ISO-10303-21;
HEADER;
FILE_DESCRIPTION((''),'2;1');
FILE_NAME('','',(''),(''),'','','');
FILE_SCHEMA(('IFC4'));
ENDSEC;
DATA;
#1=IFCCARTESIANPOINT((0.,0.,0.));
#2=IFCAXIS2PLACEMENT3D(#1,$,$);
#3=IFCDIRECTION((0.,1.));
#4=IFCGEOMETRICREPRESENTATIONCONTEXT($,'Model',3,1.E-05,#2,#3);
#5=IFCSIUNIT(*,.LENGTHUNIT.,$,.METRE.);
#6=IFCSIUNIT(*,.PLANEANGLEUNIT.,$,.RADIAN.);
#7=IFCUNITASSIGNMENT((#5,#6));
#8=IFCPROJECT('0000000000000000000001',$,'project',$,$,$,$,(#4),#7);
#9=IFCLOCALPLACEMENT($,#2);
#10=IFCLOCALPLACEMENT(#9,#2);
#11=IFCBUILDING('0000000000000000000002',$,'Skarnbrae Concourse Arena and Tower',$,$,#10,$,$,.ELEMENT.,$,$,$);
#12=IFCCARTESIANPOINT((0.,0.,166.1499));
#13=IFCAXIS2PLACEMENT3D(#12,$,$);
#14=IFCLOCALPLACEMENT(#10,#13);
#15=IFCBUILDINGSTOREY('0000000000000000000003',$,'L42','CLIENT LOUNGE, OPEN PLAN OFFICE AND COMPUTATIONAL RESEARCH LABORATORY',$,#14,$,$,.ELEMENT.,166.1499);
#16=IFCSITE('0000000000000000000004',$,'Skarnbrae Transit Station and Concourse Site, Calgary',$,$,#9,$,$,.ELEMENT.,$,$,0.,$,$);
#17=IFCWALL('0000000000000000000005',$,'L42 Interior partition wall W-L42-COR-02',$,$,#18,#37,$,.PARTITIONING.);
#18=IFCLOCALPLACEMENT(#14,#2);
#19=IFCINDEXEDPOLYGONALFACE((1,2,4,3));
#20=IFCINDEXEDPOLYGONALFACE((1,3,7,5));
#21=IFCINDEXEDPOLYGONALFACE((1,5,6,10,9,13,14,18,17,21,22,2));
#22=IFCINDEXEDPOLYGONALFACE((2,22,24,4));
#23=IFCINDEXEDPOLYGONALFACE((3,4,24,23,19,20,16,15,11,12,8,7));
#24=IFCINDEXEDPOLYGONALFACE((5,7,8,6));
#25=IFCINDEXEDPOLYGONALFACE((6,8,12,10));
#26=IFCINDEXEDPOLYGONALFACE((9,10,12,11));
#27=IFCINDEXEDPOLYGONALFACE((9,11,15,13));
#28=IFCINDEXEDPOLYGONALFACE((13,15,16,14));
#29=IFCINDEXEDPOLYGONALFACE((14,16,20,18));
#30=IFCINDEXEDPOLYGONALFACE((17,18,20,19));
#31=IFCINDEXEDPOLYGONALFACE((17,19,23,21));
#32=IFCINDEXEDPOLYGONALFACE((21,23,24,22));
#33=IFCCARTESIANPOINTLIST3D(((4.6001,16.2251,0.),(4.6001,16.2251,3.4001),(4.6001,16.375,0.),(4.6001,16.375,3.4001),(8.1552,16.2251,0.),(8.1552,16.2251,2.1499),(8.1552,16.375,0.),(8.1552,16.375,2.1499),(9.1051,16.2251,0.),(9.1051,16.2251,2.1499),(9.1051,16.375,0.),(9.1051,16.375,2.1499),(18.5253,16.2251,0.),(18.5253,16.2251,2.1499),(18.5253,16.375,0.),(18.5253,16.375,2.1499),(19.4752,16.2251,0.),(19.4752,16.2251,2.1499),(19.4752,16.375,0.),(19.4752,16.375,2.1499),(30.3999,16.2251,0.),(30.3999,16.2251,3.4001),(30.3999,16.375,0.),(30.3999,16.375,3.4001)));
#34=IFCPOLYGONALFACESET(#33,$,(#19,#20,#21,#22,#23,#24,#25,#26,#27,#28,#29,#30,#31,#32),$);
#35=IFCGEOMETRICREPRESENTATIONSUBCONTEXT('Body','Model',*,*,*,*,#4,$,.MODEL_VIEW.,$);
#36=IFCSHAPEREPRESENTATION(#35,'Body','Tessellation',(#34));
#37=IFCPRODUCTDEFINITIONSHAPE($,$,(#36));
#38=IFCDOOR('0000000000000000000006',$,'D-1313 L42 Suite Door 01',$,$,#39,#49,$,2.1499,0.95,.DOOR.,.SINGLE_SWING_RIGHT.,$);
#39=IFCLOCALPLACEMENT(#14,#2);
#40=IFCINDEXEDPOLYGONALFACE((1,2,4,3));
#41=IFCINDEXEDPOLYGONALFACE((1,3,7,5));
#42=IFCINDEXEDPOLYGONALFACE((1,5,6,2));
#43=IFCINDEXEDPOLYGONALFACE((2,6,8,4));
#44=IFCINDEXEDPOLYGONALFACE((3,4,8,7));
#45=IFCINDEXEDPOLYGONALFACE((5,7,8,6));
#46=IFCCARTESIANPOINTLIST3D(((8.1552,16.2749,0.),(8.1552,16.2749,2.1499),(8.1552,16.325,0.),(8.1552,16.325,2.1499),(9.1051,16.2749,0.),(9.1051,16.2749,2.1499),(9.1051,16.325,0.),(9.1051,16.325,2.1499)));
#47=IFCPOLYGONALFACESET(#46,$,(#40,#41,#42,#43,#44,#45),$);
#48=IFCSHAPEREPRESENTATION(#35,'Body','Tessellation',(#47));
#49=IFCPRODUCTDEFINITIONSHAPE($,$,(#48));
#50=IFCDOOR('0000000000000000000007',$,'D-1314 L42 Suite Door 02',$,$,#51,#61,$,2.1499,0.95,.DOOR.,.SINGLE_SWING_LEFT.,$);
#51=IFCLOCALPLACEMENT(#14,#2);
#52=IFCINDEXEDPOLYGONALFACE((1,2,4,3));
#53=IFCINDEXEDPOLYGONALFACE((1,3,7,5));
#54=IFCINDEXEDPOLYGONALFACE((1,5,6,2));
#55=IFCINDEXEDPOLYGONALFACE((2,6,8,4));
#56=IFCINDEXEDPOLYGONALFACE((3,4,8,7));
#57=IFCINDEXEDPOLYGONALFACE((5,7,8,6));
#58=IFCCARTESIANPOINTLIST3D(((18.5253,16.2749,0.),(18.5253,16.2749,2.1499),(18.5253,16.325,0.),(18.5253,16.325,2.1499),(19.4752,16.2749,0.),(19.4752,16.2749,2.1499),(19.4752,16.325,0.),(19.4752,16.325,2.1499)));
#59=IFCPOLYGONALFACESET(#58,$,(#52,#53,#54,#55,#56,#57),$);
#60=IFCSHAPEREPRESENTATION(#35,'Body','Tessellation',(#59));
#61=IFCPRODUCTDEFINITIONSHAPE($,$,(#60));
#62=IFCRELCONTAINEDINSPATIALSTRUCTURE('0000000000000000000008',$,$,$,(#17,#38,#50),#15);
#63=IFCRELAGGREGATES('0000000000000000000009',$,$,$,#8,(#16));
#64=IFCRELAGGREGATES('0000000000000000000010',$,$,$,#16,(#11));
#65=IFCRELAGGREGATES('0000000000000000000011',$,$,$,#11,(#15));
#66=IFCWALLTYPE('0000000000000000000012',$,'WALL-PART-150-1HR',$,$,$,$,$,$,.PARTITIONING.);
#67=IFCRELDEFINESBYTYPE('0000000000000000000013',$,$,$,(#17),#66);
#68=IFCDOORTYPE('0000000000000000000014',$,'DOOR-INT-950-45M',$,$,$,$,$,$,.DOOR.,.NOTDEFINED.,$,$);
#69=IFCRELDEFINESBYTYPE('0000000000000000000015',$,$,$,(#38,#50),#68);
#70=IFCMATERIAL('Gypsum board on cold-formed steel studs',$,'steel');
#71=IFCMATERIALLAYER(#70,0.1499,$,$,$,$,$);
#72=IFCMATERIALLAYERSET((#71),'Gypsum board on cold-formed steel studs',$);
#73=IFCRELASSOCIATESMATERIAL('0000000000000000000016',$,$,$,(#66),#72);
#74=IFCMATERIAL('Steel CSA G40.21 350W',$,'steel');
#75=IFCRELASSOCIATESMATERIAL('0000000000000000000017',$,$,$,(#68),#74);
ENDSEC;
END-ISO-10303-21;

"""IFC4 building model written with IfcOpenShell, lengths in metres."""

from ifc_helpers import new_model, si_unit, direction, frame, frame_2d, origin, place, context, subcontext, project, spatial, rectangle, extrude, source, transform, mapped, material, layer, layer_set, type_object, element, fill, save


model = new_model("IFC4")

# Units and contexts
model_context = context("Model", 3, precision=1e-05, world=origin(), true_north=direction((0.0, 1.0)))
body_context = subcontext(model_context, "Body", "Model", "MODEL_VIEW")
ifc_project = project(units=[si_unit("LENGTHUNIT", "METRE"), si_unit("PLANEANGLEUNIT", "RADIAN")], contexts=[model_context])

# Site, building, storey
site_placement = place(None, origin())
site = spatial("IfcSite", under=ifc_project, at=site_placement, Name="Skarnbrae Transit Station and Concourse Site, Calgary", CompositionType="ELEMENT", RefElevation=0.0)
building_placement = place(site_placement, origin())
building = spatial("IfcBuilding", under=site, at=building_placement, Name="Skarnbrae Concourse Arena and Tower", CompositionType="ELEMENT")
storey_placement = place(building_placement, frame((0.0, 0.0, 166.1499)))
storey = spatial("IfcBuildingStorey", under=building, at=storey_placement, Name="L42", Description="CLIENT LOUNGE, OPEN PLAN OFFICE AND COMPUTATIONAL RESEARCH LABORATORY", CompositionType="ELEMENT", Elevation=166.1499)

# Shared definitions
ifc_material_1 = material(Name="Steel CSA G40.21 350W", Category="steel")

# Shared definitions
ifc_material_2 = material(Name="Gypsum board on cold-formed steel studs", Category="steel")
ifc_layer_1 = layer(ifc_material_2, 0.1499)
ifc_layer_set_1 = layer_set([ifc_layer_1], Name="Gypsum board on cold-formed steel studs")
wall_type_1 = type_object("IfcWallType", Name="WALL-PART-150-1HR", PredefinedType="PARTITIONING", material=ifc_layer_set_1)

# Wall, openings, doors
shared_shape_1 = source(origin(), body_context, "Body", "SweptSolid", [
    extrude(rectangle(XDim=25.7998, YDim=0.1499, at=frame_2d((12.8999, 0.0))), origin(), (0.0, 0.0, 1.0), 3.4001),
])
wall_1_placement = place(storey_placement, frame((4.6001, 16.3, 0.0), z_axis=(0.0, 0.0, 1.0), x_axis=(1.0, 0.0, 0.0)))
wall_1 = element("IfcWall", 1, at=wall_1_placement, inside=storey, type_object=wall_type_1, Name="L42 Interior partition wall W-L42-COR-02", PredefinedType="PARTITIONING", context=body_context, shape_type="MappedRepresentation", body=[
    mapped(shared_shape_1, transform((0.0, 0.0, 0.0))),
])
opening_1_placement = place(wall_1_placement, frame((3.5549, 0.0, 0.0)))
opening_1 = element("IfcOpeningElement", 2, at=opening_1_placement, cuts=wall_1, PredefinedType="OPENING", context=body_context, shape_type="SweptSolid", body=[
    extrude(rectangle(XDim=0.95, YDim=2.1499, at=frame_2d((0.4751, 1.075))), frame((0.0, 0.085, 0.0), z_axis=(0.0, -1.0, 0.0), x_axis=(1.0, 0.0, 0.0)), (0.0, 0.0, 1.0), 0.1699),
])
opening_2_placement = place(wall_1_placement, frame((13.925, 0.0, 0.0)))
opening_2 = element("IfcOpeningElement", 3, at=opening_2_placement, cuts=wall_1, PredefinedType="OPENING", context=body_context, shape_type="SweptSolid", body=[
    extrude(rectangle(XDim=0.95, YDim=2.1499, at=frame_2d((0.4751, 1.075))), frame((0.0, 0.085, 0.0), z_axis=(0.0, -1.0, 0.0), x_axis=(1.0, 0.0, 0.0)), (0.0, 0.0, 1.0), 0.1699),
])
door_type_1 = type_object("IfcDoorType", Name="DOOR-INT-950-45M", OperationType="NOTDEFINED", PredefinedType="DOOR", material=ifc_material_1)
shared_shape_2 = source(origin(), body_context, "Body", "SweptSolid", [
    extrude(rectangle(XDim=0.95, YDim=2.1499, at=frame_2d((0.4751, 1.075))), frame((0.0, 0.0249, 0.0), z_axis=(0.0, -1.0, 0.0), x_axis=(1.0, 0.0, 0.0)), (0.0, 0.0, 1.0), 0.05),
])
door_1_placement = place(opening_1_placement, origin())
door_1 = element("IfcDoor", 4, at=door_1_placement, inside=storey, type_object=door_type_1, Name="D-1313 L42 Suite Door 01", OperationType="SINGLE_SWING_RIGHT", OverallHeight=2.1499, OverallWidth=0.95, PredefinedType="DOOR", context=body_context, shape_type="MappedRepresentation", body=[
    mapped(shared_shape_2, transform((0.0, 0.0, 0.0))),
])
fill(opening_1, door_1)
door_2_placement = place(opening_2_placement, origin())
door_2 = element("IfcDoor", 5, at=door_2_placement, inside=storey, type_object=door_type_1, Name="D-1314 L42 Suite Door 02", OperationType="SINGLE_SWING_LEFT", OverallHeight=2.1499, OverallWidth=0.95, PredefinedType="DOOR", context=body_context, shape_type="MappedRepresentation", body=[
    mapped(shared_shape_2, transform((0.0, 0.0, 0.0))),
])
fill(opening_2, door_2)

save(model, "model.ifc")
